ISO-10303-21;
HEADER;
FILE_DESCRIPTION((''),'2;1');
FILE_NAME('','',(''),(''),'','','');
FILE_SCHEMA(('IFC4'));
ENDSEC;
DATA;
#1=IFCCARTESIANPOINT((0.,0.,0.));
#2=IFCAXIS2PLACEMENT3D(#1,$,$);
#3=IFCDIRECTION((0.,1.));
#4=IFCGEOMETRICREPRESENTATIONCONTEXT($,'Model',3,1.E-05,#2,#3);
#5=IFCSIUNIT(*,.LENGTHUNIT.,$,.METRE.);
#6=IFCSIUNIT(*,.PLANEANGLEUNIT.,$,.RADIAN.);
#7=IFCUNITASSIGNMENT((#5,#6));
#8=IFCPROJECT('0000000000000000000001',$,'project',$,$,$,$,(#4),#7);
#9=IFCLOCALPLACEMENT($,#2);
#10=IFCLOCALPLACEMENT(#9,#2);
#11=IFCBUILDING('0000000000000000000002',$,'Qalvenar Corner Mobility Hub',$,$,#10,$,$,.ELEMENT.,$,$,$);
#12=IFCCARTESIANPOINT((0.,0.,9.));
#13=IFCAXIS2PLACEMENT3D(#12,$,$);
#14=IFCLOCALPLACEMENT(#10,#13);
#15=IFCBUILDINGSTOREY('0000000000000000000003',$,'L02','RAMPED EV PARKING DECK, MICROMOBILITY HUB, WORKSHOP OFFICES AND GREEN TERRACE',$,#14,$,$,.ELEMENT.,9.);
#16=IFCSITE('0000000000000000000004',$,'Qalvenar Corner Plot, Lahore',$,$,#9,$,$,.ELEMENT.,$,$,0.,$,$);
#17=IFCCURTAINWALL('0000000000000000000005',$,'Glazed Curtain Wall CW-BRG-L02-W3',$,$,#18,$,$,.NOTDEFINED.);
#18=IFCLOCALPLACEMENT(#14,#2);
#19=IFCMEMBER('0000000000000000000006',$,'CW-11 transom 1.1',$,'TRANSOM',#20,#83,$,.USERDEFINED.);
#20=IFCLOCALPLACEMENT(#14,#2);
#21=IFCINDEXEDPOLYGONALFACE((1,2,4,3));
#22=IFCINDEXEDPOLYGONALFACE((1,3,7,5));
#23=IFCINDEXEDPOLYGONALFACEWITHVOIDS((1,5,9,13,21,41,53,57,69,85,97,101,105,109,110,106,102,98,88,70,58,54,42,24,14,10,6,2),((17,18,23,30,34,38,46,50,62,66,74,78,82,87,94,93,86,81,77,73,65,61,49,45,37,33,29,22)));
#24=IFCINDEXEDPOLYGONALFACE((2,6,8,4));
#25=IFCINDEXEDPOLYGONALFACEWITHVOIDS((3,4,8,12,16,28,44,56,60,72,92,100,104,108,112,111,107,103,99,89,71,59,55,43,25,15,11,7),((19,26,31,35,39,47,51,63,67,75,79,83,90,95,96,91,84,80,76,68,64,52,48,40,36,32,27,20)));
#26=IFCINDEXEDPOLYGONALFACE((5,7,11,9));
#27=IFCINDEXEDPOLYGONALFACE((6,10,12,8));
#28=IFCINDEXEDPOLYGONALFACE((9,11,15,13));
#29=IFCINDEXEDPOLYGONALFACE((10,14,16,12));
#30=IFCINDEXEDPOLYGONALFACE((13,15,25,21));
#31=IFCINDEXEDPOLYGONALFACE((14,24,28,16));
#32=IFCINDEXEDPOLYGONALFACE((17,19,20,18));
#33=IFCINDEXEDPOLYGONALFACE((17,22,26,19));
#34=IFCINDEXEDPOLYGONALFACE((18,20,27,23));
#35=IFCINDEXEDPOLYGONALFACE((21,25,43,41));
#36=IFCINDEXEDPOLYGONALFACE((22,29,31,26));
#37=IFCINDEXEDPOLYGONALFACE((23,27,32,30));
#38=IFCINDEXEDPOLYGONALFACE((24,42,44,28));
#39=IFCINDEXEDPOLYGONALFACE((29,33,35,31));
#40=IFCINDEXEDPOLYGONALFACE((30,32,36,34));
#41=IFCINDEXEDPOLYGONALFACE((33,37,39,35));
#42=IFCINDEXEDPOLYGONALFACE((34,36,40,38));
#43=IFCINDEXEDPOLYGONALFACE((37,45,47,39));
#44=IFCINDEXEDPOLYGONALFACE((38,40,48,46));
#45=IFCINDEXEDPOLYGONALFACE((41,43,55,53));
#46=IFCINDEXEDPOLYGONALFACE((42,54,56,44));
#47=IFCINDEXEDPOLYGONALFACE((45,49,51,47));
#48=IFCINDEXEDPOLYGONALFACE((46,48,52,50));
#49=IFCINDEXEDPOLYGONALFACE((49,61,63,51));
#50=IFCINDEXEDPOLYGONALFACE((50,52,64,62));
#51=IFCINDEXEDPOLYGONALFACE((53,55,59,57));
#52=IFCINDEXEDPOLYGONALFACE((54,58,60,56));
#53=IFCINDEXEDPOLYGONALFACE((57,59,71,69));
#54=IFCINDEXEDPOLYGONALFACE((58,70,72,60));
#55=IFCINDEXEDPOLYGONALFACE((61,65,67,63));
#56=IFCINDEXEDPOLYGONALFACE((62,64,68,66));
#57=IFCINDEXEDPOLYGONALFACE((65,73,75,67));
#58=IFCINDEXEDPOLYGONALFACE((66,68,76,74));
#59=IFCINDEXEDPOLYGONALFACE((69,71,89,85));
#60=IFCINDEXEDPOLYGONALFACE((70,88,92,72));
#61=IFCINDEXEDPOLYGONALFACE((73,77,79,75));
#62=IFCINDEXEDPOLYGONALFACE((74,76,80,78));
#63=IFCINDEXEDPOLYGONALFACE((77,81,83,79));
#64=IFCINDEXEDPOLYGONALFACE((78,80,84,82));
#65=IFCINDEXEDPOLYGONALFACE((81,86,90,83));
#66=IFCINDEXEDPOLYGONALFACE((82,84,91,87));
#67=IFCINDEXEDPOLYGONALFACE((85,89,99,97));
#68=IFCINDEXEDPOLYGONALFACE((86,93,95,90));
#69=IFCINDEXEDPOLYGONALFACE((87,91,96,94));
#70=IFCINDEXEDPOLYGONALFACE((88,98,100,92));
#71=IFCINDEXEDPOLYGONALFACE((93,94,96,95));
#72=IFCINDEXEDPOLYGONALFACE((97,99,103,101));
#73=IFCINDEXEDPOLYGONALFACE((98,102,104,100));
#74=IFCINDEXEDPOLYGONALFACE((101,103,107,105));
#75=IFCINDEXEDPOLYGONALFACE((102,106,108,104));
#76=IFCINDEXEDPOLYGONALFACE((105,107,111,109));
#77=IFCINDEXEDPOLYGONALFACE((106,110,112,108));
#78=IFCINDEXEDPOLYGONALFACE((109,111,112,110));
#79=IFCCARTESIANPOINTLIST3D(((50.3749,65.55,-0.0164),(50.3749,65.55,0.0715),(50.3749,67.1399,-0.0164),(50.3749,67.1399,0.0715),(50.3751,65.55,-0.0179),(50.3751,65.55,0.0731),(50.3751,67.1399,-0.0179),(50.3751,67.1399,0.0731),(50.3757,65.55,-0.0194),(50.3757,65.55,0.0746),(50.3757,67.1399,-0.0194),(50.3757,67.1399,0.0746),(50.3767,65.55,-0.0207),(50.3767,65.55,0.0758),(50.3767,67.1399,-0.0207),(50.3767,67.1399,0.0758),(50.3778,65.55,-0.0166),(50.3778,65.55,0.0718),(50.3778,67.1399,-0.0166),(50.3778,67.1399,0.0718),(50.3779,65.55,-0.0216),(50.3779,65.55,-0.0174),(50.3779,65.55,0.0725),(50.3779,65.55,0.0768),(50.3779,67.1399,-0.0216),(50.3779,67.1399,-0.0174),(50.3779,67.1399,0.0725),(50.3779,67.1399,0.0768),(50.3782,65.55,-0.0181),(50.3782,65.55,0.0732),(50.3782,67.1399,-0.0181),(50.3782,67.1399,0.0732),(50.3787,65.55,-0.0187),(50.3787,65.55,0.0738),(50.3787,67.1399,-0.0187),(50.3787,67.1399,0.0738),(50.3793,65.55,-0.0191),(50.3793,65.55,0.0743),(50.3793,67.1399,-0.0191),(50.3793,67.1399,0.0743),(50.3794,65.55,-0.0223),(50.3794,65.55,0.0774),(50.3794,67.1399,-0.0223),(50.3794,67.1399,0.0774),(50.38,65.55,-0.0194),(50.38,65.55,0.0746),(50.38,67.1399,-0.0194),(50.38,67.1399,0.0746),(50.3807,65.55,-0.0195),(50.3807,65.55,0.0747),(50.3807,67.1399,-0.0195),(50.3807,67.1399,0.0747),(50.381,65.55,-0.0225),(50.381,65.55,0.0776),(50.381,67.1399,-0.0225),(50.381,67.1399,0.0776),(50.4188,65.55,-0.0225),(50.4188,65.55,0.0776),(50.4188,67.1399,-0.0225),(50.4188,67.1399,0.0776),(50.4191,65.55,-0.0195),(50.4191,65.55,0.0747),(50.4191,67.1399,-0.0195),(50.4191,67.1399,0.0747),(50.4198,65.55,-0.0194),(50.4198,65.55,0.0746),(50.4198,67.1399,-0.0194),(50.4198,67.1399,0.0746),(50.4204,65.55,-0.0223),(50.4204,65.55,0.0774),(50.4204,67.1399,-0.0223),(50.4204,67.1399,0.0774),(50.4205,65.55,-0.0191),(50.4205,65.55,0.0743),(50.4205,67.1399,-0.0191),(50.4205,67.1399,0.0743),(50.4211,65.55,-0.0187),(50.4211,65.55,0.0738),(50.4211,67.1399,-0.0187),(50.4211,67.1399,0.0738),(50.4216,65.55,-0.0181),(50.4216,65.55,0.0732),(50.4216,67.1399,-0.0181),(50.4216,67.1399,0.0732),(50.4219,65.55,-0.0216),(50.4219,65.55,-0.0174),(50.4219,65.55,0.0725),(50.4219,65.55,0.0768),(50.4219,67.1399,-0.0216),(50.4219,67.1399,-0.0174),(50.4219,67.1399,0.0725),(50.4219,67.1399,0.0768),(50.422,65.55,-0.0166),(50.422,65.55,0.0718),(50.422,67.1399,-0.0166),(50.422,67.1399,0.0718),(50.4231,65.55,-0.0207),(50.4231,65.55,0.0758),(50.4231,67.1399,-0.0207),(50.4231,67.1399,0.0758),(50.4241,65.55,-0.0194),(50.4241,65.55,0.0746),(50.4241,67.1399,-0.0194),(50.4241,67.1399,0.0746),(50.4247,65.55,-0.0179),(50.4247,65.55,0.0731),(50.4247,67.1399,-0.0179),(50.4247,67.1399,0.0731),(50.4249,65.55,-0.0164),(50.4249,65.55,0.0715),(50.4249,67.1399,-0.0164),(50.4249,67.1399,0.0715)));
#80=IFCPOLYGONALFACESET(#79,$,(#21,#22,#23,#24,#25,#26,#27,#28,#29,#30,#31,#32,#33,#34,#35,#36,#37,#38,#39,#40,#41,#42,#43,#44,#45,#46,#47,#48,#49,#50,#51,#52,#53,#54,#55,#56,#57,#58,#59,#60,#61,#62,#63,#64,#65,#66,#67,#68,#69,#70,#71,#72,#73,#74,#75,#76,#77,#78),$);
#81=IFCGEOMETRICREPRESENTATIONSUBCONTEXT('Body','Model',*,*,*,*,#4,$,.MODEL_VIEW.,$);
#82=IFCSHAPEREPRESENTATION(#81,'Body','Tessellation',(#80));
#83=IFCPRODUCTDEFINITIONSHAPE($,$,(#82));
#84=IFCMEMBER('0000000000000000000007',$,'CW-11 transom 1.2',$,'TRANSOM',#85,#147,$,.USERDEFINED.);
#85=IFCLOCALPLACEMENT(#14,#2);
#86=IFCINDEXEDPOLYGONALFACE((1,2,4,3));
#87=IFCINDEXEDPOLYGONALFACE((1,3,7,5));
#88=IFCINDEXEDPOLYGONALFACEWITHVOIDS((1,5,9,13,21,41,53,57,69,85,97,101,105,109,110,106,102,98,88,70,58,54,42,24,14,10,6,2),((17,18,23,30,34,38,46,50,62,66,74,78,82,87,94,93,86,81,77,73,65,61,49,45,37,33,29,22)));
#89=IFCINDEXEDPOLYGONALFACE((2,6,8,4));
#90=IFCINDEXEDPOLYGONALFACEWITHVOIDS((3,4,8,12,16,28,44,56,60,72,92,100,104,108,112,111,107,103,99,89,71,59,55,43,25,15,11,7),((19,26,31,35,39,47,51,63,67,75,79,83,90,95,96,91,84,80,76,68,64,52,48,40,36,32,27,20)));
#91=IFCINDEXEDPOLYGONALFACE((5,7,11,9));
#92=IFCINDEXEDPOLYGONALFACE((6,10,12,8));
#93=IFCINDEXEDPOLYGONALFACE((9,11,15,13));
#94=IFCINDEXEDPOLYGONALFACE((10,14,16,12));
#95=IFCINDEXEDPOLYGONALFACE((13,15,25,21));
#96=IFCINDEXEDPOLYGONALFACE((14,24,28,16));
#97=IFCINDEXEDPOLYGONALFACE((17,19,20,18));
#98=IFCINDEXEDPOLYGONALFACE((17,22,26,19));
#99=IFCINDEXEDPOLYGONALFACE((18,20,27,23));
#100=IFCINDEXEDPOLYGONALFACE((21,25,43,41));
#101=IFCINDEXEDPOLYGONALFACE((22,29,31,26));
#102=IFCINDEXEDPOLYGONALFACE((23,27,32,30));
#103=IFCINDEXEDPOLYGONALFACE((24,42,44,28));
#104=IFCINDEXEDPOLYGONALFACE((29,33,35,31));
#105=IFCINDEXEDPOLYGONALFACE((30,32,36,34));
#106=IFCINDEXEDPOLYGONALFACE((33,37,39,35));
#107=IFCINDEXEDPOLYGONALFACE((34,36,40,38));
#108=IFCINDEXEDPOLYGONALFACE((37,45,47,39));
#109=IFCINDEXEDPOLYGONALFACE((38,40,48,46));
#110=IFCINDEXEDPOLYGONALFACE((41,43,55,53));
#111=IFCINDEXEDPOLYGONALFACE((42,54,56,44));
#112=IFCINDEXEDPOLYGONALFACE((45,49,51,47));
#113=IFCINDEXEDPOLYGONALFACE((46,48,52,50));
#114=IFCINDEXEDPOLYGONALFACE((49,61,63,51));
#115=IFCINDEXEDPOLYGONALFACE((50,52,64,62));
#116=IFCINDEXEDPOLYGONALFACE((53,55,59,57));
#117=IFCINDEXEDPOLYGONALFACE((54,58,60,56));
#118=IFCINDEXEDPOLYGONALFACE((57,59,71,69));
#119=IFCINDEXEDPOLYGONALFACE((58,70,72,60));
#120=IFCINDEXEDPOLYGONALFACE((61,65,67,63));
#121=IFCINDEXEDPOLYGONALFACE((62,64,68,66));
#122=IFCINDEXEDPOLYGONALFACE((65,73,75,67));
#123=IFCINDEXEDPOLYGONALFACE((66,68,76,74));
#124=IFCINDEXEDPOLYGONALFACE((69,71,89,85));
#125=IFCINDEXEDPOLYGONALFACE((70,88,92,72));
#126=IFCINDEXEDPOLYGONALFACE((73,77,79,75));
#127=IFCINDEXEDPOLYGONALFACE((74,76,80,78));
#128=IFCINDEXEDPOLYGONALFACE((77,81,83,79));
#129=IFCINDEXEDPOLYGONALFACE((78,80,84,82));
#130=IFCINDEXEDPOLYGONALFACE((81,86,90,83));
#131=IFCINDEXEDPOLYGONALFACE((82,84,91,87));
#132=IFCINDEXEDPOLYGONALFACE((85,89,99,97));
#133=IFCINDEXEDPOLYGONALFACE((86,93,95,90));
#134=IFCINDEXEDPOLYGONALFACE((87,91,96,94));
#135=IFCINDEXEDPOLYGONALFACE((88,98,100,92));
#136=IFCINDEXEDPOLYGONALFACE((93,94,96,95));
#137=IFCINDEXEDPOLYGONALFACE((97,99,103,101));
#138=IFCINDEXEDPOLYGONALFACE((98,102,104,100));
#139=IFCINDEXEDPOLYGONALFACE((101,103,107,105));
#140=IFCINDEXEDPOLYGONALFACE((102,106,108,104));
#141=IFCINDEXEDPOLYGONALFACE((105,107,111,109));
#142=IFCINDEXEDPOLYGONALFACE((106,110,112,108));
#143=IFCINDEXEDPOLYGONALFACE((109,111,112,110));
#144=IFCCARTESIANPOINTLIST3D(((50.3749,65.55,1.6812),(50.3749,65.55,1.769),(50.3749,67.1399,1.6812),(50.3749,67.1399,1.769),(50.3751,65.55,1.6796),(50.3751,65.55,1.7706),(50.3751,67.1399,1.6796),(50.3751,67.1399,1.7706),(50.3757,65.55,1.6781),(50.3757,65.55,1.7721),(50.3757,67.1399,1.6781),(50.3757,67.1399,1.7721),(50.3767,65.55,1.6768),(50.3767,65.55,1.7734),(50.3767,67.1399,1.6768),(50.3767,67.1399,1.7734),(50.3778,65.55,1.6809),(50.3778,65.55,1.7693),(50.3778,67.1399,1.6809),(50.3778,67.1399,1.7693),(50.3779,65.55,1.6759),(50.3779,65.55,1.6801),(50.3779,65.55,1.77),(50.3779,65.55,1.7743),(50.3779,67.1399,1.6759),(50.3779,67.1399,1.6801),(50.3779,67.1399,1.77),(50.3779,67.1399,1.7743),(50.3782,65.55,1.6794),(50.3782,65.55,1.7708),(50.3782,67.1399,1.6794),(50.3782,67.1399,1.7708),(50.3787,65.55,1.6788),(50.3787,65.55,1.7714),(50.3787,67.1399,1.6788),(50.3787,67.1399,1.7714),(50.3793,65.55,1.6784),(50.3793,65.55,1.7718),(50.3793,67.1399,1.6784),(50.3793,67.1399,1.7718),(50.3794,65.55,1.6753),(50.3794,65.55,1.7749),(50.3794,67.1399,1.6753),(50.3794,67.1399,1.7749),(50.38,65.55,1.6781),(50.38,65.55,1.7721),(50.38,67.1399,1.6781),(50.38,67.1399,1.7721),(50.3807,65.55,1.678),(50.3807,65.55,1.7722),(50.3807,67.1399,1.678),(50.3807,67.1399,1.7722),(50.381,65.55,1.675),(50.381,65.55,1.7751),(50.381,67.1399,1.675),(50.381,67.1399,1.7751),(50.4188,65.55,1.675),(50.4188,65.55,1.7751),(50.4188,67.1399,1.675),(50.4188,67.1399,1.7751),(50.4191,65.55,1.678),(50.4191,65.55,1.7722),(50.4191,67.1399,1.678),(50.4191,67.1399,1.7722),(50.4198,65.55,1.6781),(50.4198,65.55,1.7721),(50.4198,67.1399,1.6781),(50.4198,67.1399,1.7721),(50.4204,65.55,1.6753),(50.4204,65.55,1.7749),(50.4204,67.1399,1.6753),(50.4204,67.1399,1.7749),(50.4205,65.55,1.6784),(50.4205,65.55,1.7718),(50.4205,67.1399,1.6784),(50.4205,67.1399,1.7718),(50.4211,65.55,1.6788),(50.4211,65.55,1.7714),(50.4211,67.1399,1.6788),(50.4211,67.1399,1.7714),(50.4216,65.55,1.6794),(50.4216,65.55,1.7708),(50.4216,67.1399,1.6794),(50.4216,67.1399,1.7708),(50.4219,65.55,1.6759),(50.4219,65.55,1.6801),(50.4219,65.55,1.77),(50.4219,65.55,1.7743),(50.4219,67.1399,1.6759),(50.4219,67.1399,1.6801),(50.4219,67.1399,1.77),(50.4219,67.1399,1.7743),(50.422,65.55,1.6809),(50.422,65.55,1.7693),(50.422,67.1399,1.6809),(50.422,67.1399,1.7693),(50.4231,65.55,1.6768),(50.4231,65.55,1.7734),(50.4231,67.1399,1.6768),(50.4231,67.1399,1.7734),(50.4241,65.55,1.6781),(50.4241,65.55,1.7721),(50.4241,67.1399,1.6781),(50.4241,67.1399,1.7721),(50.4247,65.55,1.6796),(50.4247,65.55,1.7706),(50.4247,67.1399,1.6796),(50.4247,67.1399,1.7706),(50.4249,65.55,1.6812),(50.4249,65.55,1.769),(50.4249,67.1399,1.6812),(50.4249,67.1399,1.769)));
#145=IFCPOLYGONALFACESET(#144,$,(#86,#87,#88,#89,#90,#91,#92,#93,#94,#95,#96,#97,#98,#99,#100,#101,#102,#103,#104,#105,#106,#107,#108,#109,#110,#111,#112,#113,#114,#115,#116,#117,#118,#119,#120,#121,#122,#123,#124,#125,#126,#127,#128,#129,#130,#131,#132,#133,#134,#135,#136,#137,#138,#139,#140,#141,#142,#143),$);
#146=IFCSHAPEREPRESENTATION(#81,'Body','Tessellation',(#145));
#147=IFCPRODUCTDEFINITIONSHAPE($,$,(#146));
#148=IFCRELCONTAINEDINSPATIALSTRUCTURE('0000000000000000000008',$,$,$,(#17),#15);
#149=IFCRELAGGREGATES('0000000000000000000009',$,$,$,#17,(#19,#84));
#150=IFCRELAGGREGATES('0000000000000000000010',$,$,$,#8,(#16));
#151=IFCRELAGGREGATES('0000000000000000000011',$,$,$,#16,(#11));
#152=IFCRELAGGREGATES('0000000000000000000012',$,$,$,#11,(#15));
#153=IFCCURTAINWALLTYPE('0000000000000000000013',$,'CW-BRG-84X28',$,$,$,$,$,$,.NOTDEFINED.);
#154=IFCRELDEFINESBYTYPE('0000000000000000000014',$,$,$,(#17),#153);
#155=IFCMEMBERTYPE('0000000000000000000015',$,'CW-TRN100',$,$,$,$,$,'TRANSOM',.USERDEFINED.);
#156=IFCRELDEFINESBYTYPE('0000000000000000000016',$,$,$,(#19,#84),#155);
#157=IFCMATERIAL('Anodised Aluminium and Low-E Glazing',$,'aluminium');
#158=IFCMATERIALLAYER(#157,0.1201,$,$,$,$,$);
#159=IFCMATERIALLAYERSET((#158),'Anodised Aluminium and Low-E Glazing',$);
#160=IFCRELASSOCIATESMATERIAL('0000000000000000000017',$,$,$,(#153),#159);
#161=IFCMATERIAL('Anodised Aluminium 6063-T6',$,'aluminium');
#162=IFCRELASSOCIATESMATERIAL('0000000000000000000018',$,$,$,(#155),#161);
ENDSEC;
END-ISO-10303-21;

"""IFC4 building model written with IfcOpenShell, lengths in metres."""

from ifc_helpers import new_model, si_unit, direction, frame, origin, origin_2d, place, context, subcontext, project, spatial, hollow_rectangle, extrude, material, layer, layer_set, material_profile, profile_set, type_object, element, aggregate, save


model = new_model("IFC4")

# Units and contexts
model_context = context("Model", 3, precision=1e-05, world=origin(), true_north=direction((0.0, 1.0)))
body_context = subcontext(model_context, "Body", "Model", "MODEL_VIEW")
ifc_project = project(units=[si_unit("LENGTHUNIT", "METRE"), si_unit("PLANEANGLEUNIT", "RADIAN")], contexts=[model_context])

# Site, building, storey
site_placement = place(None, origin())
site = spatial("IfcSite", under=ifc_project, at=site_placement, Name="Qalvenar Corner Plot, Lahore", CompositionType="ELEMENT", RefElevation=0.0)
building_placement = place(site_placement, origin())
building = spatial("IfcBuilding", under=site, at=building_placement, Name="Qalvenar Corner Mobility Hub", CompositionType="ELEMENT")
storey_placement = place(building_placement, frame((0.0, 0.0, 9.0)))
storey = spatial("IfcBuildingStorey", under=building, at=storey_placement, Name="L02", Description="RAMPED EV PARKING DECK, MICROMOBILITY HUB, WORKSHOP OFFICES AND GREEN TERRACE", CompositionType="ELEMENT", Elevation=9.0)

# Curtain wall, members
ifc_material_1 = material(Name="Anodised Aluminium and Low-E Glazing", Category="aluminium")
ifc_layer_1 = layer(ifc_material_1, 0.1201)
ifc_layer_set_1 = layer_set([ifc_layer_1], Name="Anodised Aluminium and Low-E Glazing")
curtain_wall_type = type_object("IfcCurtainWallType", Name="CW-BRG-84X28", PredefinedType="NOTDEFINED", material=ifc_layer_set_1)
curtain_wall_placement = place(storey_placement, origin())
curtain_wall = element("IfcCurtainWall", 1, at=curtain_wall_placement, inside=storey, type_object=curtain_wall_type, Name="Glazed Curtain Wall CW-BRG-L02-W3", PredefinedType="NOTDEFINED")
ifc_material_2 = material(Name="Anodised Aluminium 6063-T6", Category="aluminium")
ifc_material_profile_1 = material_profile(ifc_material_2, hollow_rectangle(XDim=0.05, YDim=0.1001, WallThickness=0.0029, InnerFilletRadius=0.0029, OuterFilletRadius=0.0061, at=origin_2d()), Name="RHS100x50x3")
ifc_profile_set_1 = profile_set([ifc_material_profile_1], Name="Anodised Aluminium 6063-T6")
member_type_1 = type_object("IfcMemberType", Name="CW-TRN100", ElementType="TRANSOM", PredefinedType="USERDEFINED", material=ifc_profile_set_1)
member_1_placement = place(storey_placement, frame((50.3999, 67.1399, 0.0276), z_axis=(0.0, -1.0, 0.0), x_axis=(1.0, 0.0, 0.0)))
member_1 = element("IfcMember", 2, at=member_1_placement, type_object=member_type_1, Name="CW-11 transom 1.1", ObjectType="TRANSOM", PredefinedType="USERDEFINED", context=body_context, shape_type="SweptSolid", body=[
    extrude(hollow_rectangle(XDim=0.05, YDim=0.1001, WallThickness=0.0029, InnerFilletRadius=0.0029, OuterFilletRadius=0.0061, at=origin_2d()), origin(), (0.0, 0.0, 1.0), 1.5898),
])
member_2_placement = place(storey_placement, frame((50.3999, 67.1399, 1.7251), z_axis=(0.0, -1.0, 0.0), x_axis=(1.0, 0.0, 0.0)))
member_2 = element("IfcMember", 3, at=member_2_placement, type_object=member_type_1, Name="CW-11 transom 1.2", ObjectType="TRANSOM", PredefinedType="USERDEFINED", context=body_context, shape_type="SweptSolid", body=[
    extrude(hollow_rectangle(XDim=0.05, YDim=0.1001, WallThickness=0.0029, InnerFilletRadius=0.0029, OuterFilletRadius=0.0061, at=origin_2d()), origin(), (0.0, 0.0, 1.0), 1.5898),
])
aggregate(curtain_wall, [member_1, member_2])

save(model, "model.ifc")
